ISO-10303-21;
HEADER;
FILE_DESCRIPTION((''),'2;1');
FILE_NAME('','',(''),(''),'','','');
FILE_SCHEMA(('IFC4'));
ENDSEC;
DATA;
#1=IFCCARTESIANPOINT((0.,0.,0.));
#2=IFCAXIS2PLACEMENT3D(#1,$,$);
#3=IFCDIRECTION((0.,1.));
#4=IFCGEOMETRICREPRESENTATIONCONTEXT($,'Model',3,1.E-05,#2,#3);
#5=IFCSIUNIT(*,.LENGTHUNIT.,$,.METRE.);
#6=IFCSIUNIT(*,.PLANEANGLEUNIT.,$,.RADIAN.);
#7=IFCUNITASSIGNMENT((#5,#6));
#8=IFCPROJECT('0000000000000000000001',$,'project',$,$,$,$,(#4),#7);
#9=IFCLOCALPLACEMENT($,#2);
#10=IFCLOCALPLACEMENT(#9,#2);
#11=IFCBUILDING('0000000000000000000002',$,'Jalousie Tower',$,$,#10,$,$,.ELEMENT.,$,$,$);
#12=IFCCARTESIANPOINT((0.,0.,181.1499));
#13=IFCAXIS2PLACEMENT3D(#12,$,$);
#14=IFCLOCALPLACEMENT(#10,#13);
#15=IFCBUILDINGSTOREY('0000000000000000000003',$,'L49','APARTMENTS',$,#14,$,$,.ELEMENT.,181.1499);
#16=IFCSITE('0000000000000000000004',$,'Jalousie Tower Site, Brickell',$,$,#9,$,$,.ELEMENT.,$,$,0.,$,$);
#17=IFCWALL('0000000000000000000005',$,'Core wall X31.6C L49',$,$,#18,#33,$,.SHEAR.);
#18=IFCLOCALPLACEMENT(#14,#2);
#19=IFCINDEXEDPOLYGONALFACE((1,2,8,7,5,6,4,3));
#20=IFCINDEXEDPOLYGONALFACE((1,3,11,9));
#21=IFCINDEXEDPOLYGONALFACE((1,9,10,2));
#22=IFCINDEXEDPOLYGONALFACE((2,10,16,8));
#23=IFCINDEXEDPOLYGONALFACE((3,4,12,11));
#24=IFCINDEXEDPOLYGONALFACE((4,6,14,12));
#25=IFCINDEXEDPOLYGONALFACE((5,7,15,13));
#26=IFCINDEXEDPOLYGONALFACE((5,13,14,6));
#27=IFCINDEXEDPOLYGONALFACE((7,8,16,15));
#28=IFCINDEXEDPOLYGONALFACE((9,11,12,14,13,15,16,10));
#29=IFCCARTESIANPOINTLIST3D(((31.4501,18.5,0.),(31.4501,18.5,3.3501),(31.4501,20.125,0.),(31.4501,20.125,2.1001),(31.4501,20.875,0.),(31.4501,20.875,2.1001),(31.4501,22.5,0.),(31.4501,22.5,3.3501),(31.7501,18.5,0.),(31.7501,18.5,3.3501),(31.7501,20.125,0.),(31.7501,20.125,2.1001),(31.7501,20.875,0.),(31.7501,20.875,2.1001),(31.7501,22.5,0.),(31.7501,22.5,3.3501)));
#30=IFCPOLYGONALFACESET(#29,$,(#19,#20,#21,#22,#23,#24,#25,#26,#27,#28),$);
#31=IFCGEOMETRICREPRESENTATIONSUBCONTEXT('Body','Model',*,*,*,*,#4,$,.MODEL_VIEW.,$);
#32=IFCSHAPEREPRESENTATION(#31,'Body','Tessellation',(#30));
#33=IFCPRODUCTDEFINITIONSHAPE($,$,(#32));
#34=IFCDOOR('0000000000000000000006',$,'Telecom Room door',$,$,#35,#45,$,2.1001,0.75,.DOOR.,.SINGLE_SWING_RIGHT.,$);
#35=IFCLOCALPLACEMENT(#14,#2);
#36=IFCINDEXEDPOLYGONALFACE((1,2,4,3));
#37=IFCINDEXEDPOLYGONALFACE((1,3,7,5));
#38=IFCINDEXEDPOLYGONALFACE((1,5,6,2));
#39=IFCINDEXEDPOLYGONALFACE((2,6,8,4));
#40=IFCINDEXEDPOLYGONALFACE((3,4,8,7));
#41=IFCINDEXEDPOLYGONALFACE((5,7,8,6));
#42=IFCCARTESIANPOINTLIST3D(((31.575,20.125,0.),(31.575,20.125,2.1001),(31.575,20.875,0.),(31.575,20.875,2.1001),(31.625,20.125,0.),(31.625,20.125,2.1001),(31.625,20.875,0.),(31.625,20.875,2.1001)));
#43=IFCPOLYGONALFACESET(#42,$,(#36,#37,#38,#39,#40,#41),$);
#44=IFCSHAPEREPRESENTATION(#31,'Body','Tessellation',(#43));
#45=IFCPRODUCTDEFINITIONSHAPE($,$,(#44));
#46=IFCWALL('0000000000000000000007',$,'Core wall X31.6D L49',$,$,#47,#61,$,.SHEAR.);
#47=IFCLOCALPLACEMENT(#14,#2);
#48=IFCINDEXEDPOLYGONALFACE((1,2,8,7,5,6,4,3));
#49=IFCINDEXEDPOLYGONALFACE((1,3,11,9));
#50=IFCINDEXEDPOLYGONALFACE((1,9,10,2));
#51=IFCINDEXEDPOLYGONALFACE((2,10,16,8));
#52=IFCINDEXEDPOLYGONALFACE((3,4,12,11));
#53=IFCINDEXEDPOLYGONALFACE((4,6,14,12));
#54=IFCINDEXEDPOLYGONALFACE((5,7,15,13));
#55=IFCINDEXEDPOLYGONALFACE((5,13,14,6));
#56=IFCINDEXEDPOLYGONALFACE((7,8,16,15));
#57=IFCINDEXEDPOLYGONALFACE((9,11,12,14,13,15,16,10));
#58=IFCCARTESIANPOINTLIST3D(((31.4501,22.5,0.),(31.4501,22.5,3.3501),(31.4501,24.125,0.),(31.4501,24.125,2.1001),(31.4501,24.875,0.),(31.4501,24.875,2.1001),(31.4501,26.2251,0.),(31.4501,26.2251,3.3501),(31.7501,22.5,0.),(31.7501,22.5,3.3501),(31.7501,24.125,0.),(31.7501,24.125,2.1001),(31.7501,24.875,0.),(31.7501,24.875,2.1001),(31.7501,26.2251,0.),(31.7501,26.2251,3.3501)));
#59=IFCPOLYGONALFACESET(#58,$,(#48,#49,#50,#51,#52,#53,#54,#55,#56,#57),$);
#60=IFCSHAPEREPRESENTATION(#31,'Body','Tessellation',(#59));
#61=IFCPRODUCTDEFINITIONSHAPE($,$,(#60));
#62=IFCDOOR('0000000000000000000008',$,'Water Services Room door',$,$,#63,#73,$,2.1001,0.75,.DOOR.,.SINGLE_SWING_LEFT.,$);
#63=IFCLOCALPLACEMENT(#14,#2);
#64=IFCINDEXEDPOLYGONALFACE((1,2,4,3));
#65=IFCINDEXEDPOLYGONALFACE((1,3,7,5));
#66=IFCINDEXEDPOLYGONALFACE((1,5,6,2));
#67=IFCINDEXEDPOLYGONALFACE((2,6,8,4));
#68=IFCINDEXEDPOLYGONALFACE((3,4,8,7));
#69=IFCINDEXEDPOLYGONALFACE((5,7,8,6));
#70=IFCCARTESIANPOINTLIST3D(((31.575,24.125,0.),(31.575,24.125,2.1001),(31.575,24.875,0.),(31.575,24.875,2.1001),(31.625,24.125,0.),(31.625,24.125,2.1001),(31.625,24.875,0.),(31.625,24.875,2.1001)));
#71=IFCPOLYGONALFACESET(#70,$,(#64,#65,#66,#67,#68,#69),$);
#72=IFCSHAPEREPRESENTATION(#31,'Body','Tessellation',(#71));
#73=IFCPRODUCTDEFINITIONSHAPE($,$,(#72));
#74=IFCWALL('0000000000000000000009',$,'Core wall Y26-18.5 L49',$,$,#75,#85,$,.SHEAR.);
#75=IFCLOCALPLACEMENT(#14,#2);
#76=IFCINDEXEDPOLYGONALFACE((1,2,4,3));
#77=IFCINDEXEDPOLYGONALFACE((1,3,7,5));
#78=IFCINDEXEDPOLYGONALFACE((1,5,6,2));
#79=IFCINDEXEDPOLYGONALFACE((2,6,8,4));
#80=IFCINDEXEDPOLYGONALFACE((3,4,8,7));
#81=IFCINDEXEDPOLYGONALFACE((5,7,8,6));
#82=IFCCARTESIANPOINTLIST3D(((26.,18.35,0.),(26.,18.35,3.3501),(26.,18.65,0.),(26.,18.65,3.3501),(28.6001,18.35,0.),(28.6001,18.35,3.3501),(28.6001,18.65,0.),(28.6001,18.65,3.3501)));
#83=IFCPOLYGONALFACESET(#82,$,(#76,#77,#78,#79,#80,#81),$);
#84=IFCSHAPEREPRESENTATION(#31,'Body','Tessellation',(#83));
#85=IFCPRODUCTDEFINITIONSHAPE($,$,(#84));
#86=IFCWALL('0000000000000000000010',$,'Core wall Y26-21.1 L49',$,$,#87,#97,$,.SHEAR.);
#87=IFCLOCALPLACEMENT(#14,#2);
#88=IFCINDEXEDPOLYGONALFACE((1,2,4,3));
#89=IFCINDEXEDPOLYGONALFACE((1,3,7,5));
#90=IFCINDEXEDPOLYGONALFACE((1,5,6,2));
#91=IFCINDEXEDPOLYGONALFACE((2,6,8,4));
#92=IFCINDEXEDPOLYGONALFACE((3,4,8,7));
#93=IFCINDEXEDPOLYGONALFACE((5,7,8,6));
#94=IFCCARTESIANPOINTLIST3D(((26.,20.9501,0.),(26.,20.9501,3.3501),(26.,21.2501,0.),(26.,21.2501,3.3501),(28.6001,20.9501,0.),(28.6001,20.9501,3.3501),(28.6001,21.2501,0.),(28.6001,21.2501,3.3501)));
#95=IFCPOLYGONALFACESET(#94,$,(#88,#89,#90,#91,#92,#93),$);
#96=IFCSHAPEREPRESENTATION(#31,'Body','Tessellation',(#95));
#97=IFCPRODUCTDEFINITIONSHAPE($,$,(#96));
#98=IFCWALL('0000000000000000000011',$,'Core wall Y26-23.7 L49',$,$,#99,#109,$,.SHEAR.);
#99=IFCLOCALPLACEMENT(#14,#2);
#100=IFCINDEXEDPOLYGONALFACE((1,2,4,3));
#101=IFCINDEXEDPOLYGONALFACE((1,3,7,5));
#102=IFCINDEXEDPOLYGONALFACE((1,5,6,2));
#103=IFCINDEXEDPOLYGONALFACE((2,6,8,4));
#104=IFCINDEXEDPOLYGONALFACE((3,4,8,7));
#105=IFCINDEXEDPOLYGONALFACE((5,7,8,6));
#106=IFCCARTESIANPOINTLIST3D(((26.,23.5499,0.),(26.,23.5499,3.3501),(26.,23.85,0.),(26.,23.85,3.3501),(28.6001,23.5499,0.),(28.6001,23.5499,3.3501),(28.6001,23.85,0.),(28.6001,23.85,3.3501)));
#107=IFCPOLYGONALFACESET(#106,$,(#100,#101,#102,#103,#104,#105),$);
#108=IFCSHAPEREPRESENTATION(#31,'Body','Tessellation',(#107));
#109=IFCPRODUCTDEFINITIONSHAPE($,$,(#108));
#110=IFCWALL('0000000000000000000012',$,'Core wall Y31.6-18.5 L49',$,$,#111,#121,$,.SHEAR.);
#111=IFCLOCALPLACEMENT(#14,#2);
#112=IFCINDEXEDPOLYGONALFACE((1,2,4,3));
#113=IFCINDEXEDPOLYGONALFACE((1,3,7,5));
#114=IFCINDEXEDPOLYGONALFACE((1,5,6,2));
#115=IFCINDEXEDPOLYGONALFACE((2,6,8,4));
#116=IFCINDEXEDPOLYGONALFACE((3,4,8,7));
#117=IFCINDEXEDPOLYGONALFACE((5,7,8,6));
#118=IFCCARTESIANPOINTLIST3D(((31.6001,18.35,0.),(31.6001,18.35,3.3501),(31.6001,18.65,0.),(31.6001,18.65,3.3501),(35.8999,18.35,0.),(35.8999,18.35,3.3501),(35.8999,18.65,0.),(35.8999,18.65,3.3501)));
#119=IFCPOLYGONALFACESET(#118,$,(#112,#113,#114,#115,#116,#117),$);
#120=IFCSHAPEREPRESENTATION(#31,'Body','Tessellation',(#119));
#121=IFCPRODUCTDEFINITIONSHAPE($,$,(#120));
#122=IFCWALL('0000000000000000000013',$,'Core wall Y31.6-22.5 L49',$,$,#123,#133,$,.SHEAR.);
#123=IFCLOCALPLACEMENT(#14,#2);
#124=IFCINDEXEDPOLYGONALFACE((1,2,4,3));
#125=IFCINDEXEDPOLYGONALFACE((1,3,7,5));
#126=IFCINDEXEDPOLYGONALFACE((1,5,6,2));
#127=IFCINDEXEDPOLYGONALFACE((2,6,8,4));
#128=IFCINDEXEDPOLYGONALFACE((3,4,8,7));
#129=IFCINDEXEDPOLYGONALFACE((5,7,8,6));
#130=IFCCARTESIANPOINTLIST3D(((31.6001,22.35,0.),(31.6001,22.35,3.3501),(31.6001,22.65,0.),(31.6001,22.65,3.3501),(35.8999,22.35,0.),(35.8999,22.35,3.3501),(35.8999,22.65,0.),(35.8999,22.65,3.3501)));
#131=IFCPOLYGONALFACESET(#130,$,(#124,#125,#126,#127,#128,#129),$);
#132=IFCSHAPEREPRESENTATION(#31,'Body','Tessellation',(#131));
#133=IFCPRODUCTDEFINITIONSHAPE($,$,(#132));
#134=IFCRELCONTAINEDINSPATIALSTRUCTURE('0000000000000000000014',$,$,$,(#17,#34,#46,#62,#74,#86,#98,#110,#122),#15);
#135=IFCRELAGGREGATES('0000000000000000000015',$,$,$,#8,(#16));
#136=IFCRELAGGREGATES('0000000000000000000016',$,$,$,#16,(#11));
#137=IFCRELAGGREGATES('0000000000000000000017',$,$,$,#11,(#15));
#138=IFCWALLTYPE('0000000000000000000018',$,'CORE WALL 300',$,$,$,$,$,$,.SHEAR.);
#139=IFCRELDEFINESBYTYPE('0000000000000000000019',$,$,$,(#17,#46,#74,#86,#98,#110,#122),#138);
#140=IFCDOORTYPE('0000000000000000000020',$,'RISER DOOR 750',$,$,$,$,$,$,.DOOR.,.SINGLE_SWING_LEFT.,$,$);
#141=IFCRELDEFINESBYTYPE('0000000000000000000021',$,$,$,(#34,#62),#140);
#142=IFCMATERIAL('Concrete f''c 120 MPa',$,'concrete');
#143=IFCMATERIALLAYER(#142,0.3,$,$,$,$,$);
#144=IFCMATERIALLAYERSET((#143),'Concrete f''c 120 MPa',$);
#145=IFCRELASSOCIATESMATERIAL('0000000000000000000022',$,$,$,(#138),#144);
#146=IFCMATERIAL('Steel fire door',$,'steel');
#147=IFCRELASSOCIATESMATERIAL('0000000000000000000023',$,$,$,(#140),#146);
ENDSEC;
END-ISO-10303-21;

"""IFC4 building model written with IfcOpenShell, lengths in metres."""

from ifc_helpers import new_model, si_unit, direction, frame, frame_2d, origin, place, context, subcontext, project, spatial, rectangle, extrude, material, layer, layer_set, type_object, element, fill, save


model = new_model("IFC4")

# Units and contexts
model_context = context("Model", 3, precision=1e-05, world=origin(), true_north=direction((0.0, 1.0)))
body_context = subcontext(model_context, "Body", "Model", "MODEL_VIEW")
ifc_project = project(units=[si_unit("LENGTHUNIT", "METRE"), si_unit("PLANEANGLEUNIT", "RADIAN")], contexts=[model_context])

# Site, building, storey
site_placement = place(None, origin())
site = spatial("IfcSite", under=ifc_project, at=site_placement, Name="Jalousie Tower Site, Brickell", CompositionType="ELEMENT", RefElevation=0.0)
building_placement = place(site_placement, origin())
building = spatial("IfcBuilding", under=site, at=building_placement, Name="Jalousie Tower", CompositionType="ELEMENT")
storey_placement = place(building_placement, frame((0.0, 0.0, 181.1499)))
storey = spatial("IfcBuildingStorey", under=building, at=storey_placement, Name="L49", Description="APARTMENTS", CompositionType="ELEMENT", Elevation=181.1499)

# Shared definitions
ifc_material_1 = material(Name="Concrete f'c 120 MPa", Category="concrete")
ifc_layer = layer(ifc_material_1, 0.3)
ifc_layer_set = layer_set([ifc_layer], Name="Concrete f'c 120 MPa")
wall_type = type_object("IfcWallType", Name="CORE WALL 300", PredefinedType="SHEAR", material=ifc_layer_set)

# Walls, openings, doors
wall_1_placement = place(storey_placement, frame((31.6001, 18.5, 0.0), z_axis=(0.0, 0.0, 1.0), x_axis=(0.0, 1.0, 0.0)))
wall_1 = element("IfcWall", 1, at=wall_1_placement, inside=storey, type_object=wall_type, Name="Core wall X31.6C L49", PredefinedType="SHEAR", context=body_context, shape_type="SweptSolid", body=[
    extrude(rectangle(XDim=4.0, YDim=0.3, at=frame_2d((2.0, 0.0))), origin(), (0.0, 0.0, 1.0), 3.3501),
])
opening_1_placement = place(wall_1_placement, frame((1.625, 0.0, 0.0)))
opening_1 = element("IfcOpeningElement", 2, at=opening_1_placement, cuts=wall_1, PredefinedType="OPENING", context=body_context, shape_type="SweptSolid", body=[
    extrude(rectangle(XDim=0.75, YDim=2.1001, at=frame_2d((0.375, 1.05))), frame((0.0, 0.1599, 0.0), z_axis=(0.0, -1.0, 0.0), x_axis=(1.0, 0.0, 0.0)), (0.0, 0.0, 1.0), 0.3201),
])
ifc_material_2 = material(Name="Steel fire door", Category="steel")
door_type_1 = type_object("IfcDoorType", Name="RISER DOOR 750", OperationType="SINGLE_SWING_LEFT", PredefinedType="DOOR", material=ifc_material_2)
door_1_placement = place(opening_1_placement, frame((0.75, 0.0, 0.0), z_axis=(0.0, 0.0, 1.0), x_axis=(-1.0, 0.0, 0.0)))
door_1 = element("IfcDoor", 3, at=door_1_placement, inside=storey, type_object=door_type_1, Name="Telecom Room door", OperationType="SINGLE_SWING_RIGHT", OverallHeight=2.1001, OverallWidth=0.75, PredefinedType="DOOR", context=body_context, shape_type="SweptSolid", body=[
    extrude(rectangle(XDim=0.75, YDim=2.1001, at=frame_2d((0.375, 1.05))), frame((0.0, 0.0249, 0.0), z_axis=(0.0, -1.0, 0.0), x_axis=(1.0, 0.0, 0.0)), (0.0, 0.0, 1.0), 0.05),
])
fill(opening_1, door_1)
wall_2_placement = place(storey_placement, frame((31.6001, 22.5, 0.0), z_axis=(0.0, 0.0, 1.0), x_axis=(0.0, 1.0, 0.0)))
wall_2 = element("IfcWall", 4, at=wall_2_placement, inside=storey, type_object=wall_type, Name="Core wall X31.6D L49", PredefinedType="SHEAR", context=body_context, shape_type="SweptSolid", body=[
    extrude(rectangle(XDim=3.7251, YDim=0.3, at=frame_2d((1.8625, 0.0))), origin(), (0.0, 0.0, 1.0), 3.3501),
])
opening_2_placement = place(wall_2_placement, frame((1.625, 0.0, 0.0)))
opening_2 = element("IfcOpeningElement", 5, at=opening_2_placement, cuts=wall_2, PredefinedType="OPENING", context=body_context, shape_type="SweptSolid", body=[
    extrude(rectangle(XDim=0.75, YDim=2.1001, at=frame_2d((0.375, 1.05))), frame((0.0, 0.1599, 0.0), z_axis=(0.0, -1.0, 0.0), x_axis=(1.0, 0.0, 0.0)), (0.0, 0.0, 1.0), 0.3201),
])
door_2_placement = place(opening_2_placement, frame((0.75, 0.0, 0.0), z_axis=(0.0, 0.0, 1.0), x_axis=(-1.0, 0.0, 0.0)))
door_2 = element("IfcDoor", 6, at=door_2_placement, inside=storey, type_object=door_type_1, Name="Water Services Room door", OperationType="SINGLE_SWING_LEFT", OverallHeight=2.1001, OverallWidth=0.75, PredefinedType="DOOR", context=body_context, shape_type="SweptSolid", body=[
    extrude(rectangle(XDim=0.75, YDim=2.1001, at=frame_2d((0.375, 1.05))), frame((0.0, 0.0249, 0.0), z_axis=(0.0, -1.0, 0.0), x_axis=(1.0, 0.0, 0.0)), (0.0, 0.0, 1.0), 0.05),
])
fill(opening_2, door_2)

# Walls
for number, where, z_axis, x_axis, name in (
    (7, (26.0, 18.5, 0.0), (0.0, 0.0, 1.0), (1.0, 0.0, 0.0), "Core wall Y26-18.5 L49"),
    (8, (26.0, 21.1001, 0.0), (0.0, 0.0, 1.0), (1.0, 0.0, 0.0), "Core wall Y26-21.1 L49"),
    (9, (26.0, 23.7, 0.0), (0.0, 0.0, 1.0), (1.0, 0.0, 0.0), "Core wall Y26-23.7 L49"),
):
    element("IfcWall", number, at=place(storey_placement, frame(where, z_axis=z_axis, x_axis=x_axis)), inside=storey, type_object=wall_type, Name=name, PredefinedType="SHEAR", context=body_context, shape_type="SweptSolid", body=[
        extrude(rectangle(XDim=2.6001, YDim=0.3, at=frame_2d((1.3, 0.0))), origin(), (0.0, 0.0, 1.0), 3.3501),
    ])
for number, where, z_axis, x_axis, name in (
    (10, (31.6001, 18.5, 0.0), (0.0, 0.0, 1.0), (1.0, 0.0, 0.0), "Core wall Y31.6-18.5 L49"),
    (11, (31.6001, 22.5, 0.0), (0.0, 0.0, 1.0), (1.0, 0.0, 0.0), "Core wall Y31.6-22.5 L49"),
):
    element("IfcWall", number, at=place(storey_placement, frame(where, z_axis=z_axis, x_axis=x_axis)), inside=storey, type_object=wall_type, Name=name, PredefinedType="SHEAR", context=body_context, shape_type="SweptSolid", body=[
        extrude(rectangle(XDim=4.2998, YDim=0.3, at=frame_2d((2.1499, 0.0))), origin(), (0.0, 0.0, 1.0), 3.3501),
    ])

save(model, "model.ifc")
